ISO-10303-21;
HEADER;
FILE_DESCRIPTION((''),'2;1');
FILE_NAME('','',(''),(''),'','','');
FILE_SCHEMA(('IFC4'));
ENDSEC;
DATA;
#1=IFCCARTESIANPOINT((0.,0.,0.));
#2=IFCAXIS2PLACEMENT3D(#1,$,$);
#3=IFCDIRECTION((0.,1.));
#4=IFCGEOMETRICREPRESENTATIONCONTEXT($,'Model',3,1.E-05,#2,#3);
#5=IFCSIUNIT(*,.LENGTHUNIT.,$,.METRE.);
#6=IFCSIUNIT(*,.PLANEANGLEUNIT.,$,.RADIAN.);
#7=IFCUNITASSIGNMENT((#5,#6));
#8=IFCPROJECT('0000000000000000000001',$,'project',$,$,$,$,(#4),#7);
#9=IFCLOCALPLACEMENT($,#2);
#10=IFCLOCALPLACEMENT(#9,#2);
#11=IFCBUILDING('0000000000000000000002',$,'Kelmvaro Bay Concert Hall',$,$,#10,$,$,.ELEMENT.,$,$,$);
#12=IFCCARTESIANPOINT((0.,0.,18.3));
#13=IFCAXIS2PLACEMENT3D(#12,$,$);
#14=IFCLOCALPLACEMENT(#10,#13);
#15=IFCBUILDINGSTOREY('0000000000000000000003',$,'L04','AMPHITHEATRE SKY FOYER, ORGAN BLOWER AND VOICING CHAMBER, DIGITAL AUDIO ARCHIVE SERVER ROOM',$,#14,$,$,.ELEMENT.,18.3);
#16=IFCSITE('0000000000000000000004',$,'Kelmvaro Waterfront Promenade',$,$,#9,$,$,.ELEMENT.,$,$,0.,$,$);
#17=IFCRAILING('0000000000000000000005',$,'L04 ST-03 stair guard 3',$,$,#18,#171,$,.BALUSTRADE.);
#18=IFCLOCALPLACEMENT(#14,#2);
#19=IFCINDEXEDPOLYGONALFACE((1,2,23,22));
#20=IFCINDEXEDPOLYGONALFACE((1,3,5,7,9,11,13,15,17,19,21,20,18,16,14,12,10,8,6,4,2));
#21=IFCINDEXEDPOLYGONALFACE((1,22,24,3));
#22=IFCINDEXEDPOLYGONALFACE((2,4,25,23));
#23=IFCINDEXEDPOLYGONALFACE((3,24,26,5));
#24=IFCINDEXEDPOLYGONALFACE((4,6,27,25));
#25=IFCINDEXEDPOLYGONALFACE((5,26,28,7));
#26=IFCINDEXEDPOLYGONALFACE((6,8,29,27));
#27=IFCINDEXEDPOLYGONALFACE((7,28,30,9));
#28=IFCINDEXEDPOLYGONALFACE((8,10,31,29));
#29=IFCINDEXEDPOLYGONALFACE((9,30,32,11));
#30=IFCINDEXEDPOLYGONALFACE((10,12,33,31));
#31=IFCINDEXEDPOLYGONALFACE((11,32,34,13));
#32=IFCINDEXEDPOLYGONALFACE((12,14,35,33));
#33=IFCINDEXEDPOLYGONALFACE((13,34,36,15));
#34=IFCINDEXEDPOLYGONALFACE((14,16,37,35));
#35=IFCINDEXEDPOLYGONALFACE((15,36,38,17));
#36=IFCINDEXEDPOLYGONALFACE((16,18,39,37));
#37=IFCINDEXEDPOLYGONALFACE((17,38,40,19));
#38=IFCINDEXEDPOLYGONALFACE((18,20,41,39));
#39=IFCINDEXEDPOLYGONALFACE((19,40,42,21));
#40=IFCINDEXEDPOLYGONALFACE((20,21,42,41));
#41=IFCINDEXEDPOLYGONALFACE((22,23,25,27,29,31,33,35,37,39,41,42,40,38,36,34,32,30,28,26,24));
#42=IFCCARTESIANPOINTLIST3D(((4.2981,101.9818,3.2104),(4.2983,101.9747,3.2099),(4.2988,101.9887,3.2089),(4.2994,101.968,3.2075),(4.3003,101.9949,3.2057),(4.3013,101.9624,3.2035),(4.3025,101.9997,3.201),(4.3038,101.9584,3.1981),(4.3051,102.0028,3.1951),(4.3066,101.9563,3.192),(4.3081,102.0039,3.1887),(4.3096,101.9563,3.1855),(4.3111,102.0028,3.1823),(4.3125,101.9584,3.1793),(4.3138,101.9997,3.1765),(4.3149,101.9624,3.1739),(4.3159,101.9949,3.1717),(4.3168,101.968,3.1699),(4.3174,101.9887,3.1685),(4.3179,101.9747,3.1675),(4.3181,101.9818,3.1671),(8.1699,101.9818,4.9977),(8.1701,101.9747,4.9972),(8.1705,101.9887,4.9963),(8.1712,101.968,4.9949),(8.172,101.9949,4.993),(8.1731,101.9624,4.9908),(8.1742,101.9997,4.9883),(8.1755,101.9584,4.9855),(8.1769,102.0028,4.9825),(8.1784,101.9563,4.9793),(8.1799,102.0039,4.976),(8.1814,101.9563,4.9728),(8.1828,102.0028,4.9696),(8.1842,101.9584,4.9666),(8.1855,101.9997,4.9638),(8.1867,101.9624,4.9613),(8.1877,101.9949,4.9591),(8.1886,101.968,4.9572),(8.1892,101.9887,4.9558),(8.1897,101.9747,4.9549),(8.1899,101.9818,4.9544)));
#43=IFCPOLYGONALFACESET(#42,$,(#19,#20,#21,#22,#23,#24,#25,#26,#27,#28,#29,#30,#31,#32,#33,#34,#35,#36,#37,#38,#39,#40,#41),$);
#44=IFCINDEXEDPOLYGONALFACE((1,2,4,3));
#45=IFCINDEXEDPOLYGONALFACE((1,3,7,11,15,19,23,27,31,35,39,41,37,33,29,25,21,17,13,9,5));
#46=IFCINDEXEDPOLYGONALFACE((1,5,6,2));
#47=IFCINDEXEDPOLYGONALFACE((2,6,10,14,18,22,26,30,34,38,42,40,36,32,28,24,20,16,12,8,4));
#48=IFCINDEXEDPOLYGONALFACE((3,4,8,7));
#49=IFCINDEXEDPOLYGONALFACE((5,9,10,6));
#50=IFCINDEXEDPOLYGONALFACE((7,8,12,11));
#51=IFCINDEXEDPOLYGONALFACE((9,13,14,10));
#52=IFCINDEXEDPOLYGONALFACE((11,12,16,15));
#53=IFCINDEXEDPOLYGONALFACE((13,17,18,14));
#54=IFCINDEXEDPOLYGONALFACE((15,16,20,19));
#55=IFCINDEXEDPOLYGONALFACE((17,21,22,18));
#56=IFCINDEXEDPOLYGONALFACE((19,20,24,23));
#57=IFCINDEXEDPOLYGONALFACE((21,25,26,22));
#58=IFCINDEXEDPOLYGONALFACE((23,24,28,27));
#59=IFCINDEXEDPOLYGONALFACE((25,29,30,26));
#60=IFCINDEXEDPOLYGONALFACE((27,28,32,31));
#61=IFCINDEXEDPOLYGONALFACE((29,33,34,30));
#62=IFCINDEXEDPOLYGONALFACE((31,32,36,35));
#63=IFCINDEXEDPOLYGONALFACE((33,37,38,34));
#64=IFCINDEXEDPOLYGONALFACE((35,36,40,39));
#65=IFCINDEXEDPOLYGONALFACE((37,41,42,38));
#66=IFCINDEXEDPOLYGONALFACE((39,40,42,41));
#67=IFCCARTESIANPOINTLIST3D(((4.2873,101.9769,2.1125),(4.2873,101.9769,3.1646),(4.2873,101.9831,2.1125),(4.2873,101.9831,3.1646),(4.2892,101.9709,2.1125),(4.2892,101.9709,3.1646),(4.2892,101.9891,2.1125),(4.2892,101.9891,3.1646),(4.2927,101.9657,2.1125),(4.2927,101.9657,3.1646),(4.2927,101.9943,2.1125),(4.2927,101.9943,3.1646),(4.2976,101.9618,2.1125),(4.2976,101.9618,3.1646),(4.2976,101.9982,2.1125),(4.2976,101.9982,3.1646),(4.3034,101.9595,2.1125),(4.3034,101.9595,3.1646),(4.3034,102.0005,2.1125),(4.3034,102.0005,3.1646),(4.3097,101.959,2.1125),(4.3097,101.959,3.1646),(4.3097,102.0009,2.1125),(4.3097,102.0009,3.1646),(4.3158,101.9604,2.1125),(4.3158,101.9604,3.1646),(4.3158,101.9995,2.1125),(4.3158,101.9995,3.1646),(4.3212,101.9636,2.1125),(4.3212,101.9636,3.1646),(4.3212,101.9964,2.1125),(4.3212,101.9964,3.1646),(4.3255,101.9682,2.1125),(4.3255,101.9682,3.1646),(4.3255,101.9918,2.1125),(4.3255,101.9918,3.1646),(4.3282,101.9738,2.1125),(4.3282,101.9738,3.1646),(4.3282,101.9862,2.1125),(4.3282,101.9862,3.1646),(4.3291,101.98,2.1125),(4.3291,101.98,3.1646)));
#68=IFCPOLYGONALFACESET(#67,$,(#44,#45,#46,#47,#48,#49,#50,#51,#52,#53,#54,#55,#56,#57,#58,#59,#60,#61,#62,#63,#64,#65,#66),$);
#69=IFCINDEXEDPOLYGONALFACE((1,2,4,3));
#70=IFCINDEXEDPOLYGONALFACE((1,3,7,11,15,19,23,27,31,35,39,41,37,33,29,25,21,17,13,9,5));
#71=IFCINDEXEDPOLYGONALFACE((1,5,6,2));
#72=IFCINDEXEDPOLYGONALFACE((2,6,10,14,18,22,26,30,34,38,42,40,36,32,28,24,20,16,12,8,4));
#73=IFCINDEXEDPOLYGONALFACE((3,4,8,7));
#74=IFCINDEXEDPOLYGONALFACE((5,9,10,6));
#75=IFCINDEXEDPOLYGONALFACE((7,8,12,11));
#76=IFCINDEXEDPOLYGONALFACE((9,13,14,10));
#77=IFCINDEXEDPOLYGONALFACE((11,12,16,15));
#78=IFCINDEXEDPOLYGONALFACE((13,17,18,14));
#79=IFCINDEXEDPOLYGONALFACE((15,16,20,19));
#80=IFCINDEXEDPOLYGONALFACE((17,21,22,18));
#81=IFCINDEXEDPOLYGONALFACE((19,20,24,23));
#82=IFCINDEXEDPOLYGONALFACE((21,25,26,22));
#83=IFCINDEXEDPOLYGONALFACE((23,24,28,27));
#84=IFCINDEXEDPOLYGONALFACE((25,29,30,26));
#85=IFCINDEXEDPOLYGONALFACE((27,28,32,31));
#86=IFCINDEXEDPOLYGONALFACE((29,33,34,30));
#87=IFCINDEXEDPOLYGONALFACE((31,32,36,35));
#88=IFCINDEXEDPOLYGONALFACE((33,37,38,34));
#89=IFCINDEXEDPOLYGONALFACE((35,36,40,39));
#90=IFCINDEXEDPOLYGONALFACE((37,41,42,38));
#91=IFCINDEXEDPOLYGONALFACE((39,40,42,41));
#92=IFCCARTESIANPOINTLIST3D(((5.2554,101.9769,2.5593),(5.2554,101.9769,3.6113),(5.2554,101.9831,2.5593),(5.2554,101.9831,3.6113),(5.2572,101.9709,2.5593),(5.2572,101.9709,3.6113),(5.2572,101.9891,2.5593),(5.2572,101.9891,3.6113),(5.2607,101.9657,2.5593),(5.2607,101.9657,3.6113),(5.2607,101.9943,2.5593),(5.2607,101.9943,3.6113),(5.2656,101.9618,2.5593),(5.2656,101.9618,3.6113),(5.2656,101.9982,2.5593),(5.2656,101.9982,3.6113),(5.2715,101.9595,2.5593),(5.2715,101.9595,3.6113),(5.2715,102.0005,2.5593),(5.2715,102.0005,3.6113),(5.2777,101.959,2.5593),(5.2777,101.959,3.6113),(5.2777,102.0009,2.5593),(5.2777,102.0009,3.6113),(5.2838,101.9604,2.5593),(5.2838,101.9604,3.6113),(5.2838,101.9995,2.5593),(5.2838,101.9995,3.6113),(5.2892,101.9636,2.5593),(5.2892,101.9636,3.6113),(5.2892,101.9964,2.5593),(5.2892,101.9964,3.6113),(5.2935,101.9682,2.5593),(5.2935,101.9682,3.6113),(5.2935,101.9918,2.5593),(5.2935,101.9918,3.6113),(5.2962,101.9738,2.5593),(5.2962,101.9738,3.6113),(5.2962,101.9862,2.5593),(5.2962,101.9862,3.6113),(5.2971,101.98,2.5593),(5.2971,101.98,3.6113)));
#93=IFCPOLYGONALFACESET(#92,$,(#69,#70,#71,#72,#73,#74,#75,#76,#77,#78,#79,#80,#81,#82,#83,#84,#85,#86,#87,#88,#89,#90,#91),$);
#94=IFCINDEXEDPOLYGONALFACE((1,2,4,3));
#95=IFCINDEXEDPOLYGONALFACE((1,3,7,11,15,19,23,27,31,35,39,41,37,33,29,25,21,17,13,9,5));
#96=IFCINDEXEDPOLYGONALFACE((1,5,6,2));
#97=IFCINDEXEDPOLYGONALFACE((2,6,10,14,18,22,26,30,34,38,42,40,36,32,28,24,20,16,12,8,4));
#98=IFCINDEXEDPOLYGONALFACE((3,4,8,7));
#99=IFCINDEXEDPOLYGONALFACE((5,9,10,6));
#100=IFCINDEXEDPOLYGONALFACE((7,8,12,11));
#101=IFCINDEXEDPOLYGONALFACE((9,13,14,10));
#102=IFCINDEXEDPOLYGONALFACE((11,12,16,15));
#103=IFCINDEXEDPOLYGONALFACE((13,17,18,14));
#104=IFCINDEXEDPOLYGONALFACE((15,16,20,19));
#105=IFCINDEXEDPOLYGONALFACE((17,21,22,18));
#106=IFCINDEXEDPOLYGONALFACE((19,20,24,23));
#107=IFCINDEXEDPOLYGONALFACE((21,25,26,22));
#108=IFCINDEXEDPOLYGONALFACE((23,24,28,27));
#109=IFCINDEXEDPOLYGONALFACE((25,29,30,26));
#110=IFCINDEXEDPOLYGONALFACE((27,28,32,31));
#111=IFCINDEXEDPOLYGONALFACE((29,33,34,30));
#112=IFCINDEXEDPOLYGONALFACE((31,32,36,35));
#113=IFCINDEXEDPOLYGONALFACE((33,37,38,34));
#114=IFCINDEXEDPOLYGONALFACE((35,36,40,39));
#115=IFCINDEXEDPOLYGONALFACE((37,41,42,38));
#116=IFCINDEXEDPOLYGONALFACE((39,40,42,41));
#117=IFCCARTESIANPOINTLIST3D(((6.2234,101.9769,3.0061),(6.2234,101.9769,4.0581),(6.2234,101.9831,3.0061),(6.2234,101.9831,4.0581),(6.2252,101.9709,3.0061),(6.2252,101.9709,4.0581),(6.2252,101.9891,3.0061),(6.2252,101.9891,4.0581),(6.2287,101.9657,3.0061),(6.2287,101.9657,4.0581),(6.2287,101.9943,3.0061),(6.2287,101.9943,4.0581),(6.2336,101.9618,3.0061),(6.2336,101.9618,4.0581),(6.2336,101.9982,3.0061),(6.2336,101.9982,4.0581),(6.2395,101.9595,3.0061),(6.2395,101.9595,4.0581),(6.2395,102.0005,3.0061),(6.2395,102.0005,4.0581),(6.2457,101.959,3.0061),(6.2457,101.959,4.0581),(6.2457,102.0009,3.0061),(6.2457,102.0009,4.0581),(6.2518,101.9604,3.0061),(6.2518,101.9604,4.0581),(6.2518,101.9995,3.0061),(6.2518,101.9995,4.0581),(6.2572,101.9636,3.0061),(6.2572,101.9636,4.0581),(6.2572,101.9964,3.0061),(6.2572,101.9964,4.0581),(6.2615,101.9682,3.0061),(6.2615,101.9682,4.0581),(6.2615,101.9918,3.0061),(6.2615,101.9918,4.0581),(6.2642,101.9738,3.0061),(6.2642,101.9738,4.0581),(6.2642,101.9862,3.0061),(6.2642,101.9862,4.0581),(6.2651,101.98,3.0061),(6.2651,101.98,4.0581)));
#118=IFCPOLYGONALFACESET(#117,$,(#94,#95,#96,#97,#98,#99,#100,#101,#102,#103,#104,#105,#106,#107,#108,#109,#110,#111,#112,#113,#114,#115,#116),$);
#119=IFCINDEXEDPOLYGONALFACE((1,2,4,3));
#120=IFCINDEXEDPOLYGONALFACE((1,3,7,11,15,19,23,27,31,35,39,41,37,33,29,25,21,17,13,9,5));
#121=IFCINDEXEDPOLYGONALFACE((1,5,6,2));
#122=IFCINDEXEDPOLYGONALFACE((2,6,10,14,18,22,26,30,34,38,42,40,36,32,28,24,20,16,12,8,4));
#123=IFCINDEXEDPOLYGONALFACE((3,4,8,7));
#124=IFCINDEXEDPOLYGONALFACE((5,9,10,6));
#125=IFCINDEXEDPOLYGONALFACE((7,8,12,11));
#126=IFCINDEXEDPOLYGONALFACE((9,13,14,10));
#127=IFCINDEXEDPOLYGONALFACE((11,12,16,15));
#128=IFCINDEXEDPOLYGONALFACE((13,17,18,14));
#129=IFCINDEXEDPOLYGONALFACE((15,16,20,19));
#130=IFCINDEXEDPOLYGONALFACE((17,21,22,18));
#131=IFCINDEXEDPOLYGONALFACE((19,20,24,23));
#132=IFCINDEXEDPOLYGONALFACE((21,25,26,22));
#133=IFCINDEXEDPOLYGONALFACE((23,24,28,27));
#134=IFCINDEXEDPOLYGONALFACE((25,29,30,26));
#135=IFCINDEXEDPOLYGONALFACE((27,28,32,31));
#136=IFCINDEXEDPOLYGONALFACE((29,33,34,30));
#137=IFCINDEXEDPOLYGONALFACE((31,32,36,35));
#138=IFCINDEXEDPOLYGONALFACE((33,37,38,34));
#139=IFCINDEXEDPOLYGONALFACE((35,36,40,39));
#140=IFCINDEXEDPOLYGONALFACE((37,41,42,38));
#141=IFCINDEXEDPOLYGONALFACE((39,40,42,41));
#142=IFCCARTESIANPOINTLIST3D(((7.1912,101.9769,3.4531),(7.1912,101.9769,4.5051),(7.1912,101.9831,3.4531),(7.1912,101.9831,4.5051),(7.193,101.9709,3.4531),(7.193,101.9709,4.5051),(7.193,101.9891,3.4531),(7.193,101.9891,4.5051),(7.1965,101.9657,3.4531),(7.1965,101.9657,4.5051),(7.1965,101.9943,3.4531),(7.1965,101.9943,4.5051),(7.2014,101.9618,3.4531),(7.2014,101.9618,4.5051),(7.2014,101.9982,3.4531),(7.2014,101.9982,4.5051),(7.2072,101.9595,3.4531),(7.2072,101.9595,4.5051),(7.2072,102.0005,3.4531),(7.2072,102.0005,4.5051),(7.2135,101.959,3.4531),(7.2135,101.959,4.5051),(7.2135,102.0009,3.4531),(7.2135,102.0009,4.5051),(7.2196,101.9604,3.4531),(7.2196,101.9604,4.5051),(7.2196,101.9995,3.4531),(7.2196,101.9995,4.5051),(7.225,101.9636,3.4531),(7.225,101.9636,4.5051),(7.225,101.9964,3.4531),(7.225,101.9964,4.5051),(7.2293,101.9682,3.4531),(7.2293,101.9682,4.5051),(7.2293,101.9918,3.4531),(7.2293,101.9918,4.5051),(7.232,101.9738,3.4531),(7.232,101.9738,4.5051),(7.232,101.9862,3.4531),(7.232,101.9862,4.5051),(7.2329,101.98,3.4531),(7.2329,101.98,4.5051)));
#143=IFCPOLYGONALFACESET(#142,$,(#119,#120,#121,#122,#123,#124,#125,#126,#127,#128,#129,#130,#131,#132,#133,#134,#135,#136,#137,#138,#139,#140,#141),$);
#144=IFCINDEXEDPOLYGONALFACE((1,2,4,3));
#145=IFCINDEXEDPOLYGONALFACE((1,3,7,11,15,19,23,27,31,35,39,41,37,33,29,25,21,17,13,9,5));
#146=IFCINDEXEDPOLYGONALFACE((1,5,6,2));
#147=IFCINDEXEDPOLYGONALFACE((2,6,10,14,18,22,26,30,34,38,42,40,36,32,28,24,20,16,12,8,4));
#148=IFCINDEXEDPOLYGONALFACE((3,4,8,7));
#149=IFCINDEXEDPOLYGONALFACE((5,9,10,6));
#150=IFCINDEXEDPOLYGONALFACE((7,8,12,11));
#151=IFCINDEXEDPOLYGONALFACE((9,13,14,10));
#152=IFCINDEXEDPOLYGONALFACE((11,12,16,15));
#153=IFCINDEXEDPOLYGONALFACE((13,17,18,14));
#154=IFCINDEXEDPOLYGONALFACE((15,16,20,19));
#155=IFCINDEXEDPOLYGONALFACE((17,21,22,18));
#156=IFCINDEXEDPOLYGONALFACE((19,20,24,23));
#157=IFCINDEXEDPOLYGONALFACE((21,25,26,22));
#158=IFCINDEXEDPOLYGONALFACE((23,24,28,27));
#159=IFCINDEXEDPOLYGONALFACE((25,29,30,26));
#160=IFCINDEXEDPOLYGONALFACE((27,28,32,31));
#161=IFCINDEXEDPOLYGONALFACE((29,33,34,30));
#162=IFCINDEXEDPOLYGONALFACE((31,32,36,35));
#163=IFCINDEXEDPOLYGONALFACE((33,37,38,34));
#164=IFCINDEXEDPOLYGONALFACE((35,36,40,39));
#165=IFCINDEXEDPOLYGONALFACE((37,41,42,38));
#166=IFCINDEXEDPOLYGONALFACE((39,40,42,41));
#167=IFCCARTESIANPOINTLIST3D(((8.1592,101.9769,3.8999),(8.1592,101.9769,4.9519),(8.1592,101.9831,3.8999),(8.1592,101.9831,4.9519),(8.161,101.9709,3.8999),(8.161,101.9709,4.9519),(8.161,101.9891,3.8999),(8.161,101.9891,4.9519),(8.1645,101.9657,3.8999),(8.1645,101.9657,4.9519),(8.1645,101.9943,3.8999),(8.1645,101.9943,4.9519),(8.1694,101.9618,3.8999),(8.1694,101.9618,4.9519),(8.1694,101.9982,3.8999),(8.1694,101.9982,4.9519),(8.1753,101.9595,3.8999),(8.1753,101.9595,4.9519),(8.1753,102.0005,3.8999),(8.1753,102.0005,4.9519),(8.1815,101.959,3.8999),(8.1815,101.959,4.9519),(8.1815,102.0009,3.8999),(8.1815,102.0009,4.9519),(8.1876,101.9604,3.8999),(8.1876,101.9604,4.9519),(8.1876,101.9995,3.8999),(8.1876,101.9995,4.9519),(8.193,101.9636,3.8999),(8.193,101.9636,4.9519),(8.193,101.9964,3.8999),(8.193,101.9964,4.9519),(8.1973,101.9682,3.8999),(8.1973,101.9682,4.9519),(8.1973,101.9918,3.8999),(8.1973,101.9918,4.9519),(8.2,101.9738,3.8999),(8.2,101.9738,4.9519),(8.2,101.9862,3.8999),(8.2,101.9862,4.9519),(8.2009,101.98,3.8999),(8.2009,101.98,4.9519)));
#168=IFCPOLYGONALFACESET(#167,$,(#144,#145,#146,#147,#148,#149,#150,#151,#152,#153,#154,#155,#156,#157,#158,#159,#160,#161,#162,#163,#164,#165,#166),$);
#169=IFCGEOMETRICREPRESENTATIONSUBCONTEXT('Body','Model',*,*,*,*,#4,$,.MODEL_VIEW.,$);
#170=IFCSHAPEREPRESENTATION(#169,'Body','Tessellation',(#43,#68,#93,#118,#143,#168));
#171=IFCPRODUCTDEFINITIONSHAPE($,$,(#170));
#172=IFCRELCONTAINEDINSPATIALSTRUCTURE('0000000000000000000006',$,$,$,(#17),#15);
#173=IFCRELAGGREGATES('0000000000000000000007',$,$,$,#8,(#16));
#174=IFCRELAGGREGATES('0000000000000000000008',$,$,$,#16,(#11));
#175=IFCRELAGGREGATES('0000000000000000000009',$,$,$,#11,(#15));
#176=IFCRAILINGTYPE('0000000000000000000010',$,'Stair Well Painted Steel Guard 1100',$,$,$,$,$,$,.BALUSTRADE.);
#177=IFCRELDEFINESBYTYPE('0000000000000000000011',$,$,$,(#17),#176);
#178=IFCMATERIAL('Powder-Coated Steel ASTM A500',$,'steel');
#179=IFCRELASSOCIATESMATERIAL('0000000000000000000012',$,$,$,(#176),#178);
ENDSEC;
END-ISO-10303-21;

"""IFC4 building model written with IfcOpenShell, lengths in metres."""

from ifc_helpers import new_model, si_unit, direction, frame, origin, origin_2d, place, context, subcontext, project, spatial, circle, extrude, material, type_object, element, save


model = new_model("IFC4")

# Units and contexts
model_context = context("Model", 3, precision=1e-05, world=origin(), true_north=direction((0.0, 1.0)))
body_context = subcontext(model_context, "Body", "Model", "MODEL_VIEW")
ifc_project = project(units=[si_unit("LENGTHUNIT", "METRE"), si_unit("PLANEANGLEUNIT", "RADIAN")], contexts=[model_context])

# Site, building, storey
site_placement = place(None, origin())
site = spatial("IfcSite", under=ifc_project, at=site_placement, Name="Kelmvaro Waterfront Promenade", CompositionType="ELEMENT", RefElevation=0.0)
building_placement = place(site_placement, origin())
building = spatial("IfcBuilding", under=site, at=building_placement, Name="Kelmvaro Bay Concert Hall", CompositionType="ELEMENT")
storey_placement = place(building_placement, frame((0.0, 0.0, 18.3)))
storey = spatial("IfcBuildingStorey", under=building, at=storey_placement, Name="L04", Description="AMPHITHEATRE SKY FOYER, ORGAN BLOWER AND VOICING CHAMBER, DIGITAL AUDIO ARCHIVE SERVER ROOM", CompositionType="ELEMENT", Elevation=18.3)

# Railing
ifc_material_1 = material(Name="Powder-Coated Steel ASTM A500", Category="steel")
railing_type_1 = type_object("IfcRailingType", Name="Stair Well Painted Steel Guard 1100", PredefinedType="BALUSTRADE", material=ifc_material_1)
railing_1_placement = place(storey_placement, frame((4.3081, 101.98, 2.1125)))
element("IfcRailing", 1, at=railing_1_placement, inside=storey, type_object=railing_type_1, Name="L04 ST-03 stair guard 3", PredefinedType="BALUSTRADE", context=body_context, shape_type="SweptSolid", body=[
    extrude(circle(Radius=0.0239, at=origin_2d()), frame((0.0, 0.0, 1.0762), z_axis=(0.907928, 0.0, 0.419127), x_axis=(0.0, 1.0, 0.0)), (0.0, 0.0, 1.0), 4.2644),
    extrude(circle(Radius=0.021, at=origin_2d()), origin(), (0.0, 0.0, 1.0), 1.052),
    extrude(circle(Radius=0.021, at=origin_2d()), frame((0.968, 0.0, 0.4468)), (0.0, 0.0, 1.0), 1.052),
    extrude(circle(Radius=0.021, at=origin_2d()), frame((1.936, 0.0, 0.8936)), (0.0, 0.0, 1.0), 1.052),
    extrude(circle(Radius=0.021, at=origin_2d()), frame((2.9038, 0.0, 1.3406)), (0.0, 0.0, 1.0), 1.052),
    extrude(circle(Radius=0.021, at=origin_2d()), frame((3.8718, 0.0, 1.7874)), (0.0, 0.0, 1.0), 1.052),
])

save(model, "model.ifc")
